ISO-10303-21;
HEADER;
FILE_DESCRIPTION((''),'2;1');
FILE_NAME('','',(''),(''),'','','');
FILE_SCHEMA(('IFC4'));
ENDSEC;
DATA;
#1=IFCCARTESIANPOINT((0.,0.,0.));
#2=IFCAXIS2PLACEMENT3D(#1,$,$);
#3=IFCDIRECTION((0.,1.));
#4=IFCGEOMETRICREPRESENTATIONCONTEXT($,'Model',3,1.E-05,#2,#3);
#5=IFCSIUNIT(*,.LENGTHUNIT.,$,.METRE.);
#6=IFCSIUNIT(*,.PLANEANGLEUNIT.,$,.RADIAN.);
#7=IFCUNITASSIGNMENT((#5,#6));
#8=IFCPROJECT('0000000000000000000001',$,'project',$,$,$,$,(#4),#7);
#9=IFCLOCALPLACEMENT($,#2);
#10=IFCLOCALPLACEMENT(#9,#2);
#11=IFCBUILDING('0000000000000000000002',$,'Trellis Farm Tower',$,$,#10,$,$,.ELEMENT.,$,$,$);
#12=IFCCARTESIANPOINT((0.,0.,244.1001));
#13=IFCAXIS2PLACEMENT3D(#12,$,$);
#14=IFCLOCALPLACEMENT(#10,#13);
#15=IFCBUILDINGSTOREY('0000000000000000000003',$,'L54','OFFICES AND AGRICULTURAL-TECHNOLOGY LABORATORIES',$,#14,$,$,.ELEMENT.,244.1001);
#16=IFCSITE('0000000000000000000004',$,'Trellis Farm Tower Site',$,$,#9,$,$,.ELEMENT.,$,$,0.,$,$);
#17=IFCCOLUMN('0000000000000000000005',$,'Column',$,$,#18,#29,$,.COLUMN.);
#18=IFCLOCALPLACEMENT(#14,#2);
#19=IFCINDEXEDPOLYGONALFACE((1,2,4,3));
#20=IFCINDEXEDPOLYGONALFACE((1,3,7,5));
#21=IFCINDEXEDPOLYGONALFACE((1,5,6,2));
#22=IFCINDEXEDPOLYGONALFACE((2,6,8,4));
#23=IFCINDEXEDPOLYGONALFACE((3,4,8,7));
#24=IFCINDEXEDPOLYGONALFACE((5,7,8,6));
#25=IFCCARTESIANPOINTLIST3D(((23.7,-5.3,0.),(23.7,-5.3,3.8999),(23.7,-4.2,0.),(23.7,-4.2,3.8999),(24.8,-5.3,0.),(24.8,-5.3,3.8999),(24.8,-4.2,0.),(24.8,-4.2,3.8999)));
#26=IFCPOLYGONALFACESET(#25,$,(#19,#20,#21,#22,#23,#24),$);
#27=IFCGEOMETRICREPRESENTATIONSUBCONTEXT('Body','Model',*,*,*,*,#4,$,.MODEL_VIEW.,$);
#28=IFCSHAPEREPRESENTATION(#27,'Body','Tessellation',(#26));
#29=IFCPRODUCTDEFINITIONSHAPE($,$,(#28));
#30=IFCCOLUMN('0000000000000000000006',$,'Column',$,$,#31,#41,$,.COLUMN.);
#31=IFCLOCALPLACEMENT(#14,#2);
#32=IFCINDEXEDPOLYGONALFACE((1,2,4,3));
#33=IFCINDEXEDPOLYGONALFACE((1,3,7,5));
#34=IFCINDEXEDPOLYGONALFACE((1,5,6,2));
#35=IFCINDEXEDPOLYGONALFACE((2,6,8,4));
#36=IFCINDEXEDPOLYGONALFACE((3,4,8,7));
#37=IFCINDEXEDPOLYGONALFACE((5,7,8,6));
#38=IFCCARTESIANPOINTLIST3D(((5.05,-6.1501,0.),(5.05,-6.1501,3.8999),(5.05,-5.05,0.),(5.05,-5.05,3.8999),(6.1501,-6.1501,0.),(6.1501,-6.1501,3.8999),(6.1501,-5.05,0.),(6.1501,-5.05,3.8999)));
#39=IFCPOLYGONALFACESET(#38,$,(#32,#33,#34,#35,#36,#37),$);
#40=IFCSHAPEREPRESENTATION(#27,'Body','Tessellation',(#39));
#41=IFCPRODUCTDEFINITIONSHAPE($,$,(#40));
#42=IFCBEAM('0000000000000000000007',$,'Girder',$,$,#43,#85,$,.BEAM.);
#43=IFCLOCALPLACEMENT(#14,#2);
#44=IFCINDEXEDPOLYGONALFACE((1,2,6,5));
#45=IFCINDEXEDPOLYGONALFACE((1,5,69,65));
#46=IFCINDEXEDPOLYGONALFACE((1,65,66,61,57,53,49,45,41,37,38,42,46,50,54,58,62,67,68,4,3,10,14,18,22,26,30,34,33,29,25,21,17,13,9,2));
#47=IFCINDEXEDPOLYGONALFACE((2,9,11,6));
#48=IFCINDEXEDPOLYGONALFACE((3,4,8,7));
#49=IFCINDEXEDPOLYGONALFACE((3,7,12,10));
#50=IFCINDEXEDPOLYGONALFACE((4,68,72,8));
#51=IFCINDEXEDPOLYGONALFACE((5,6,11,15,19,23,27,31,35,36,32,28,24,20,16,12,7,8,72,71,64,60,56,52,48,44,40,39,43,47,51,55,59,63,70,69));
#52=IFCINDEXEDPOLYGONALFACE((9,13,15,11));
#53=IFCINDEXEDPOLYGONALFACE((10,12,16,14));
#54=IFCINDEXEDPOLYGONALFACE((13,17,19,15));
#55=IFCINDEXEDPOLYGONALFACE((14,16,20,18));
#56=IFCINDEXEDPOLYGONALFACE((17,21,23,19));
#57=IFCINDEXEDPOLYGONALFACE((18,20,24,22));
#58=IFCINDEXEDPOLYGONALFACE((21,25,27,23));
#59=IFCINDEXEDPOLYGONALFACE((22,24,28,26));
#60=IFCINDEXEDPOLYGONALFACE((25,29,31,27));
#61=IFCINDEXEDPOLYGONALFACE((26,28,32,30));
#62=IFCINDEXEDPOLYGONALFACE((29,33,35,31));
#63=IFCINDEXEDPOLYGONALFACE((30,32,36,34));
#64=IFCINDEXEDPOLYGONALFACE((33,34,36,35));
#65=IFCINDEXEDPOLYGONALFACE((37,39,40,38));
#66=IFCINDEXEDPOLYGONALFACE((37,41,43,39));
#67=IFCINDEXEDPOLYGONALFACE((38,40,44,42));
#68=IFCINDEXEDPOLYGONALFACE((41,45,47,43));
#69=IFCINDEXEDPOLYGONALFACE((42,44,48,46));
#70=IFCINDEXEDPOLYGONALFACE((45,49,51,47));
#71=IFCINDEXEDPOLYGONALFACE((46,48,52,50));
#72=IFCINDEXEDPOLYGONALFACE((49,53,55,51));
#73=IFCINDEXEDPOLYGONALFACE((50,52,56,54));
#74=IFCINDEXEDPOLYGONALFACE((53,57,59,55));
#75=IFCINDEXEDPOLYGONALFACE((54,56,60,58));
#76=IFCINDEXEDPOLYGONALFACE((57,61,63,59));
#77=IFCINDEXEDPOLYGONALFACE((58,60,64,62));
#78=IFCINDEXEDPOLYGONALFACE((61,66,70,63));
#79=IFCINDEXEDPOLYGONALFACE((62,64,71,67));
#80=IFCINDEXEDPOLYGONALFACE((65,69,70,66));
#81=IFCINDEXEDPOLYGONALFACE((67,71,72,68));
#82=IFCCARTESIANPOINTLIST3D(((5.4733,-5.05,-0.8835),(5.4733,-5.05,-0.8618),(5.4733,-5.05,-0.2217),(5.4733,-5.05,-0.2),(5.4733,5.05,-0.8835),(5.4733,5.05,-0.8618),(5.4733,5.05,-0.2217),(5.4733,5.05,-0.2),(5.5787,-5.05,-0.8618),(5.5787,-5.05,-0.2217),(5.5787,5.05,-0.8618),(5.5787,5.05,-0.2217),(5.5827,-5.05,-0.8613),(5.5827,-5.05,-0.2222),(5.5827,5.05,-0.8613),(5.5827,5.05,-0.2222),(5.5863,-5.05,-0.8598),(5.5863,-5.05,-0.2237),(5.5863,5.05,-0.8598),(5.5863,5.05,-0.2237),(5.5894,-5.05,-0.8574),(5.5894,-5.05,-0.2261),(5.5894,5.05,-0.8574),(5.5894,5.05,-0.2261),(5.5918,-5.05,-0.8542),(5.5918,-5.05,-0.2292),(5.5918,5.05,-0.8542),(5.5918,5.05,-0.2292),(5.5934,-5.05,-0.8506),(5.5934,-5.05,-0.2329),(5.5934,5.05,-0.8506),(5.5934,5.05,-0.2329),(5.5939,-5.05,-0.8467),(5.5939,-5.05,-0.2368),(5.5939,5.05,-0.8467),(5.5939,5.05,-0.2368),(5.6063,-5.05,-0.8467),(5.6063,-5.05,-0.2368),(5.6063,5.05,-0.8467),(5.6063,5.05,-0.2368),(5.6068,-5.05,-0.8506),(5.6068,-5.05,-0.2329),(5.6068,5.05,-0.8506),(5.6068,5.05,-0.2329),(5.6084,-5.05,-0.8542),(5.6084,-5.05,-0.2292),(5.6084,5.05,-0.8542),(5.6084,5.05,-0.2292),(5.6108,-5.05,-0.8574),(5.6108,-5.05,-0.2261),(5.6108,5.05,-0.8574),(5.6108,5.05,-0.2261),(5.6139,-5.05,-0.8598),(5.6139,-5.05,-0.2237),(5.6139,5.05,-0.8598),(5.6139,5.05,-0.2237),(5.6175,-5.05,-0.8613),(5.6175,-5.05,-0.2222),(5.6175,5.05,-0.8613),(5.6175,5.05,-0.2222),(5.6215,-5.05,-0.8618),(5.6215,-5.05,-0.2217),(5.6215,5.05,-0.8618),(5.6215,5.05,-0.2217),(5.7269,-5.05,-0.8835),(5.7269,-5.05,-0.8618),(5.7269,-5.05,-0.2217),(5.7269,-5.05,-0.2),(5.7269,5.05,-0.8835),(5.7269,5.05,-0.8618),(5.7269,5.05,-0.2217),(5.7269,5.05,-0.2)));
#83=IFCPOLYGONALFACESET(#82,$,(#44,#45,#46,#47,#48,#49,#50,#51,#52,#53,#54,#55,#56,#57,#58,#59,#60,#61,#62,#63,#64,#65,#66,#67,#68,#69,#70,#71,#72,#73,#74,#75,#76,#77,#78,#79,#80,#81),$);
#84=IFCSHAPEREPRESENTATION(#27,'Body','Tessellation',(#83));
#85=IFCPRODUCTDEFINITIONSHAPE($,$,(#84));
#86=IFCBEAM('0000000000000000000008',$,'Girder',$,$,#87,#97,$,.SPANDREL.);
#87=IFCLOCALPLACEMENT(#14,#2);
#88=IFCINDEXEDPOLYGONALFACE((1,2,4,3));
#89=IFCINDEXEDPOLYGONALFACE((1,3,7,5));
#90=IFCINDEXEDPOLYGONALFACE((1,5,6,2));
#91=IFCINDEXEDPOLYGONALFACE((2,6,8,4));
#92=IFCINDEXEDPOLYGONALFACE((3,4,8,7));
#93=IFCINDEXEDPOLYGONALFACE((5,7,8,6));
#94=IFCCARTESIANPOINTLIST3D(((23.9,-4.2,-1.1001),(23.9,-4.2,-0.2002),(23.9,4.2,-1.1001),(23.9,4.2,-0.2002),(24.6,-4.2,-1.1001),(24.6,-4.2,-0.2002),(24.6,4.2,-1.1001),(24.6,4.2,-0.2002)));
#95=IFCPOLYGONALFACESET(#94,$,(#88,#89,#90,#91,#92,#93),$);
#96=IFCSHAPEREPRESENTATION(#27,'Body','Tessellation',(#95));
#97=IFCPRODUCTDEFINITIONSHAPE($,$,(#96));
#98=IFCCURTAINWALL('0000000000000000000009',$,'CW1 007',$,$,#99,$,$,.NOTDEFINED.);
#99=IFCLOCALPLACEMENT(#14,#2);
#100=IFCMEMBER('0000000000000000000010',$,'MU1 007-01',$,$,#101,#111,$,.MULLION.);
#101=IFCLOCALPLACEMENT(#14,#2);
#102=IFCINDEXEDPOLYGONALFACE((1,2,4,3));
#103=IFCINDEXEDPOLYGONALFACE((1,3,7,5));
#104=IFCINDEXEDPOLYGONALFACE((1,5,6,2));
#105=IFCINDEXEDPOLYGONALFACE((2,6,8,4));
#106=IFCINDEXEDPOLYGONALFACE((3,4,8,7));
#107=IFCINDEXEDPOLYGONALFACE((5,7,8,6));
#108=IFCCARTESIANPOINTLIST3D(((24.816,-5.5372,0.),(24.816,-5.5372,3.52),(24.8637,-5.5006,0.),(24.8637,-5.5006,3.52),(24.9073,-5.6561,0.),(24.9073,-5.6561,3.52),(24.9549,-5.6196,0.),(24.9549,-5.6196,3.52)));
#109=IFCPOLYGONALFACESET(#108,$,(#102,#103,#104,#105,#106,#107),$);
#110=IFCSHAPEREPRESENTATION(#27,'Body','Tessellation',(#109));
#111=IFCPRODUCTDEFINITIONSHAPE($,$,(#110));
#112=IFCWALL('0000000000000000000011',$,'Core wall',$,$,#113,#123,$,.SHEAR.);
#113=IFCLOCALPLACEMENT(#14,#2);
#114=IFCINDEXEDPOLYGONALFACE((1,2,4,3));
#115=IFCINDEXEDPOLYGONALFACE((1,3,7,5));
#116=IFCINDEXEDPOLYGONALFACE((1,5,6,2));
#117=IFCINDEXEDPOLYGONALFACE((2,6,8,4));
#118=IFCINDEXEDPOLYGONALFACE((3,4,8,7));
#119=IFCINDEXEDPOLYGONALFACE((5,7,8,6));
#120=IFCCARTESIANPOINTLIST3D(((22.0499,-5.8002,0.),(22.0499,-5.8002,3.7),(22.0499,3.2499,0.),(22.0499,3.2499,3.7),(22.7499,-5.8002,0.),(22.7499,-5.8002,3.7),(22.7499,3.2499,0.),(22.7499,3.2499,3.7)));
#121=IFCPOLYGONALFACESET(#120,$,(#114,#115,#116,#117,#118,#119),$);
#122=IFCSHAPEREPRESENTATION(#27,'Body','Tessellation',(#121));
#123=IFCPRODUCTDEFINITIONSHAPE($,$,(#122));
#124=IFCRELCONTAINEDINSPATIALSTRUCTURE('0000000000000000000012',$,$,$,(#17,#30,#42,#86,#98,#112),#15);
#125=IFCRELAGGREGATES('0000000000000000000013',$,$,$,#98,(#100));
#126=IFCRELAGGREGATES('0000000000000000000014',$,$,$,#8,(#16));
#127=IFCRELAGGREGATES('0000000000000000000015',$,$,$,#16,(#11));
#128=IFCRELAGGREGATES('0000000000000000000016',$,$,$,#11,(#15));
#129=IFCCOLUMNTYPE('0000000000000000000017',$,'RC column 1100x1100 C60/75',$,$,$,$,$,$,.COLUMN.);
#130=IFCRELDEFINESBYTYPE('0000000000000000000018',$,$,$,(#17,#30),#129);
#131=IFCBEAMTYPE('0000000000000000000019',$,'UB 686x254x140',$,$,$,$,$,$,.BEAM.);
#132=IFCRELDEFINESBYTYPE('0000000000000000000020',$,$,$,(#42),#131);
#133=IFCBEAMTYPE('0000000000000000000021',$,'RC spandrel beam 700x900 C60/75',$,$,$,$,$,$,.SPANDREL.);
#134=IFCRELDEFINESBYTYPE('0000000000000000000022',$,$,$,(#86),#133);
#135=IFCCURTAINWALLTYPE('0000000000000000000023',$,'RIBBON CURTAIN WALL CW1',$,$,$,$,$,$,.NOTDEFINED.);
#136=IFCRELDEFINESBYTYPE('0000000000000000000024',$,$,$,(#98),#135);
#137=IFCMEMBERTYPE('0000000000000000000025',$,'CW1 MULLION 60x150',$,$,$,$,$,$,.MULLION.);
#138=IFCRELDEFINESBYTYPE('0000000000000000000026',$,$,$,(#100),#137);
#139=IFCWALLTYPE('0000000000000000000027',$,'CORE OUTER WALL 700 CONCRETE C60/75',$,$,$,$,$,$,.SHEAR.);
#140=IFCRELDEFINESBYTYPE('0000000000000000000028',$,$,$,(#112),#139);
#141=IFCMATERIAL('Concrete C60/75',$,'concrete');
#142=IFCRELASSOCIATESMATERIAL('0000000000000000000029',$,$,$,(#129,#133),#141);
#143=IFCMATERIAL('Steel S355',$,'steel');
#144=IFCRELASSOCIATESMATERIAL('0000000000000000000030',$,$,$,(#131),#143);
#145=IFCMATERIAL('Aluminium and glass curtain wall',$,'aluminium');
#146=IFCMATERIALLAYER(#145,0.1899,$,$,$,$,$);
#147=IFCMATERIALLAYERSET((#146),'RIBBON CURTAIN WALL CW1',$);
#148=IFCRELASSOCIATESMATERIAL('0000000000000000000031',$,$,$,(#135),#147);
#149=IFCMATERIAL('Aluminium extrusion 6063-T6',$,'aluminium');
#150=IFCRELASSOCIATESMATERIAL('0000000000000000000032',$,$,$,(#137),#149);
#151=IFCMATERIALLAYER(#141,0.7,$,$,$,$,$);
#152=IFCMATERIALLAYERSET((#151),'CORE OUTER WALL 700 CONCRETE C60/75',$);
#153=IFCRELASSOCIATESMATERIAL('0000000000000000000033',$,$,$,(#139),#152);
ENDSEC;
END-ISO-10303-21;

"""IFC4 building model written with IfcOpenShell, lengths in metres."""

from ifc_helpers import new_model, si_unit, direction, frame, frame_2d, origin, origin_2d, place, context, subcontext, project, spatial, rectangle, i_section, extrude, source, transform, mapped, material, layer, layer_set, material_profile, profile_set, type_object, element, aggregate, save


model = new_model("IFC4")

# Units and contexts
model_context = context("Model", 3, precision=1e-05, world=origin(), true_north=direction((0.0, 1.0)))
body_context = subcontext(model_context, "Body", "Model", "MODEL_VIEW")
ifc_project = project(units=[si_unit("LENGTHUNIT", "METRE"), si_unit("PLANEANGLEUNIT", "RADIAN")], contexts=[model_context])

# Site, building, storey
site_placement = place(None, origin())
site = spatial("IfcSite", under=ifc_project, at=site_placement, Name="Trellis Farm Tower Site", CompositionType="ELEMENT", RefElevation=0.0)
building_placement = place(site_placement, origin())
building = spatial("IfcBuilding", under=site, at=building_placement, Name="Trellis Farm Tower", CompositionType="ELEMENT")
storey_placement = place(building_placement, frame((0.0, 0.0, 244.1001)))
storey = spatial("IfcBuildingStorey", under=building, at=storey_placement, Name="L54", Description="OFFICES AND AGRICULTURAL-TECHNOLOGY LABORATORIES", CompositionType="ELEMENT", Elevation=244.1001)

# Columns
ifc_material_1 = material(Name="Concrete C60/75", Category="concrete")
ifc_material_profile_1 = material_profile(ifc_material_1, rectangle(XDim=1.1001, YDim=1.1001, at=origin_2d()), Name="RC column 1100x1100 C60/75")
ifc_profile_set_1 = profile_set([ifc_material_profile_1], Name="Concrete C60/75")
column_type = type_object("IfcColumnType", Name="RC column 1100x1100 C60/75", PredefinedType="COLUMN", material=ifc_profile_set_1)
shared_shape_1 = source(origin(), body_context, "Body", "SweptSolid", [
    extrude(rectangle(XDim=1.1001, YDim=1.1001, at=origin_2d()), origin(), (0.0, 0.0, 1.0), 3.8999),
])
for number, where, z_axis, x_axis, name in (
    (1, (24.25, -4.75, 0.0), (0.0, 0.0, 1.0), (1.0, 0.0, 0.0), "Column"),
    (2, (5.6001, -5.6001, 0.0), (0.0, 0.0, 1.0), (1.0, 0.0, 0.0), "Column"),
):
    element("IfcColumn", number, at=place(storey_placement, frame(where, z_axis=z_axis, x_axis=x_axis)), inside=storey, type_object=column_type, Name=name, PredefinedType="COLUMN", context=body_context, shape_type="MappedRepresentation", body=[
        mapped(shared_shape_1, transform((0.0, 0.0, 0.0))),
    ])

# Beams
ifc_material_2 = material(Name="Steel S355", Category="steel")
ifc_material_profile_2 = material_profile(ifc_material_2, i_section(OverallWidth=0.2537, OverallDepth=0.6836, WebThickness=0.0125, FlangeThickness=0.0217, FilletRadius=0.0151, at=origin_2d()), Name="UB 686x254x140")
ifc_profile_set_2 = profile_set([ifc_material_profile_2], Name="Steel S355")
beam_type_1 = type_object("IfcBeamType", Name="UB 686x254x140", PredefinedType="BEAM", material=ifc_profile_set_2)
shared_shape_2 = source(origin(), body_context, "Body", "SweptSolid", [
    extrude(i_section(OverallWidth=0.2537, OverallDepth=0.6836, WebThickness=0.0125, FlangeThickness=0.0217, FilletRadius=0.0151, at=origin_2d()), origin(), (0.0, 0.0, 1.0), 10.1001),
])
beam_1_placement = place(storey_placement, frame((5.6001, -5.05, -0.5417), z_axis=(0.0, 1.0, 0.0), x_axis=(-1.0, 0.0, 0.0)))
element("IfcBeam", 3, at=beam_1_placement, inside=storey, type_object=beam_type_1, Name="Girder", PredefinedType="BEAM", context=body_context, shape_type="MappedRepresentation", body=[
    mapped(shared_shape_2, transform((0.0, 0.0, 0.0))),
])
ifc_material_profile_3 = material_profile(ifc_material_1, rectangle(XDim=0.7, YDim=0.8999, at=origin_2d()), Name="RC spandrel beam 700x900 C60/75")
ifc_profile_set_3 = profile_set([ifc_material_profile_3], Name="Concrete C60/75")
beam_type_2 = type_object("IfcBeamType", Name="RC spandrel beam 700x900 C60/75", PredefinedType="SPANDREL", material=ifc_profile_set_3)
shared_shape_3 = source(origin(), body_context, "Body", "SweptSolid", [
    extrude(rectangle(XDim=0.7, YDim=0.8999, at=origin_2d()), origin(), (0.0, 0.0, 1.0), 8.3999),
])
beam_2_placement = place(storey_placement, frame((24.25, -4.2, -0.6501), z_axis=(0.0, 1.0, 0.0), x_axis=(-1.0, 0.0, 0.0)))
element("IfcBeam", 4, at=beam_2_placement, inside=storey, type_object=beam_type_2, Name="Girder", PredefinedType="SPANDREL", context=body_context, shape_type="MappedRepresentation", body=[
    mapped(shared_shape_3, transform((0.0, 0.0, 0.0))),
])

# Curtain wall, member
ifc_material_3 = material(Name="Aluminium and glass curtain wall", Category="aluminium")
ifc_layer_1 = layer(ifc_material_3, 0.1899)
ifc_layer_set_1 = layer_set([ifc_layer_1], Name="RIBBON CURTAIN WALL CW1")
curtain_wall_type = type_object("IfcCurtainWallType", Name="RIBBON CURTAIN WALL CW1", PredefinedType="NOTDEFINED", material=ifc_layer_set_1)
placement = place(storey_placement, origin())
curtain_wall = element("IfcCurtainWall", 5, at=placement, inside=storey, type_object=curtain_wall_type, Name="CW1 007", PredefinedType="NOTDEFINED")
ifc_material_4 = material(Name="Aluminium extrusion 6063-T6", Category="aluminium")
ifc_material_profile_4 = material_profile(ifc_material_4, rectangle(XDim=0.0601, YDim=0.1499, at=origin_2d()), Name="MULLION 60x150")
ifc_profile_set_4 = profile_set([ifc_material_profile_4], Name="Aluminium extrusion 6063-T6")
member_type = type_object("IfcMemberType", Name="CW1 MULLION 60x150", PredefinedType="MULLION", material=ifc_profile_set_4)
shared_shape_4 = source(origin(), body_context, "Body", "SweptSolid", [
    extrude(rectangle(XDim=0.0601, YDim=0.1499, at=origin_2d()), origin(), (0.0, 0.0, 1.0), 3.52),
])
member_placement = place(storey_placement, frame((24.8855, -5.5784, 0.0), z_axis=(0.0, 0.0, 1.0), x_axis=(0.793353, 0.608761, 0.0)))
member = element("IfcMember", 6, at=member_placement, type_object=member_type, Name="MU1 007-01", PredefinedType="MULLION", context=body_context, shape_type="MappedRepresentation", body=[
    mapped(shared_shape_4, transform((0.0, 0.0, 0.0))),
])
aggregate(curtain_wall, [member])

# Wall
ifc_layer_2 = layer(ifc_material_1, 0.7)
ifc_layer_set_2 = layer_set([ifc_layer_2], Name="CORE OUTER WALL 700 CONCRETE C60/75")
wall_type_1 = type_object("IfcWallType", Name="CORE OUTER WALL 700 CONCRETE C60/75", PredefinedType="SHEAR", material=ifc_layer_set_2)
shared_shape_5 = source(origin(), body_context, "Body", "SweptSolid", [
    extrude(rectangle(XDim=9.05, YDim=0.7, at=frame_2d((4.5249, 0.0))), origin(), (0.0, 0.0, 1.0), 3.7),
])
wall_1_placement = place(storey_placement, frame((22.3999, -5.8, 0.0), z_axis=(0.0, 0.0, 1.0), x_axis=(0.0, 1.0, 0.0)))
element("IfcWall", 7, at=wall_1_placement, inside=storey, type_object=wall_type_1, Name="Core wall", PredefinedType="SHEAR", context=body_context, shape_type="MappedRepresentation", body=[
    mapped(shared_shape_5, transform((0.0, 0.0, 0.0))),
])

save(model, "model.ifc")
